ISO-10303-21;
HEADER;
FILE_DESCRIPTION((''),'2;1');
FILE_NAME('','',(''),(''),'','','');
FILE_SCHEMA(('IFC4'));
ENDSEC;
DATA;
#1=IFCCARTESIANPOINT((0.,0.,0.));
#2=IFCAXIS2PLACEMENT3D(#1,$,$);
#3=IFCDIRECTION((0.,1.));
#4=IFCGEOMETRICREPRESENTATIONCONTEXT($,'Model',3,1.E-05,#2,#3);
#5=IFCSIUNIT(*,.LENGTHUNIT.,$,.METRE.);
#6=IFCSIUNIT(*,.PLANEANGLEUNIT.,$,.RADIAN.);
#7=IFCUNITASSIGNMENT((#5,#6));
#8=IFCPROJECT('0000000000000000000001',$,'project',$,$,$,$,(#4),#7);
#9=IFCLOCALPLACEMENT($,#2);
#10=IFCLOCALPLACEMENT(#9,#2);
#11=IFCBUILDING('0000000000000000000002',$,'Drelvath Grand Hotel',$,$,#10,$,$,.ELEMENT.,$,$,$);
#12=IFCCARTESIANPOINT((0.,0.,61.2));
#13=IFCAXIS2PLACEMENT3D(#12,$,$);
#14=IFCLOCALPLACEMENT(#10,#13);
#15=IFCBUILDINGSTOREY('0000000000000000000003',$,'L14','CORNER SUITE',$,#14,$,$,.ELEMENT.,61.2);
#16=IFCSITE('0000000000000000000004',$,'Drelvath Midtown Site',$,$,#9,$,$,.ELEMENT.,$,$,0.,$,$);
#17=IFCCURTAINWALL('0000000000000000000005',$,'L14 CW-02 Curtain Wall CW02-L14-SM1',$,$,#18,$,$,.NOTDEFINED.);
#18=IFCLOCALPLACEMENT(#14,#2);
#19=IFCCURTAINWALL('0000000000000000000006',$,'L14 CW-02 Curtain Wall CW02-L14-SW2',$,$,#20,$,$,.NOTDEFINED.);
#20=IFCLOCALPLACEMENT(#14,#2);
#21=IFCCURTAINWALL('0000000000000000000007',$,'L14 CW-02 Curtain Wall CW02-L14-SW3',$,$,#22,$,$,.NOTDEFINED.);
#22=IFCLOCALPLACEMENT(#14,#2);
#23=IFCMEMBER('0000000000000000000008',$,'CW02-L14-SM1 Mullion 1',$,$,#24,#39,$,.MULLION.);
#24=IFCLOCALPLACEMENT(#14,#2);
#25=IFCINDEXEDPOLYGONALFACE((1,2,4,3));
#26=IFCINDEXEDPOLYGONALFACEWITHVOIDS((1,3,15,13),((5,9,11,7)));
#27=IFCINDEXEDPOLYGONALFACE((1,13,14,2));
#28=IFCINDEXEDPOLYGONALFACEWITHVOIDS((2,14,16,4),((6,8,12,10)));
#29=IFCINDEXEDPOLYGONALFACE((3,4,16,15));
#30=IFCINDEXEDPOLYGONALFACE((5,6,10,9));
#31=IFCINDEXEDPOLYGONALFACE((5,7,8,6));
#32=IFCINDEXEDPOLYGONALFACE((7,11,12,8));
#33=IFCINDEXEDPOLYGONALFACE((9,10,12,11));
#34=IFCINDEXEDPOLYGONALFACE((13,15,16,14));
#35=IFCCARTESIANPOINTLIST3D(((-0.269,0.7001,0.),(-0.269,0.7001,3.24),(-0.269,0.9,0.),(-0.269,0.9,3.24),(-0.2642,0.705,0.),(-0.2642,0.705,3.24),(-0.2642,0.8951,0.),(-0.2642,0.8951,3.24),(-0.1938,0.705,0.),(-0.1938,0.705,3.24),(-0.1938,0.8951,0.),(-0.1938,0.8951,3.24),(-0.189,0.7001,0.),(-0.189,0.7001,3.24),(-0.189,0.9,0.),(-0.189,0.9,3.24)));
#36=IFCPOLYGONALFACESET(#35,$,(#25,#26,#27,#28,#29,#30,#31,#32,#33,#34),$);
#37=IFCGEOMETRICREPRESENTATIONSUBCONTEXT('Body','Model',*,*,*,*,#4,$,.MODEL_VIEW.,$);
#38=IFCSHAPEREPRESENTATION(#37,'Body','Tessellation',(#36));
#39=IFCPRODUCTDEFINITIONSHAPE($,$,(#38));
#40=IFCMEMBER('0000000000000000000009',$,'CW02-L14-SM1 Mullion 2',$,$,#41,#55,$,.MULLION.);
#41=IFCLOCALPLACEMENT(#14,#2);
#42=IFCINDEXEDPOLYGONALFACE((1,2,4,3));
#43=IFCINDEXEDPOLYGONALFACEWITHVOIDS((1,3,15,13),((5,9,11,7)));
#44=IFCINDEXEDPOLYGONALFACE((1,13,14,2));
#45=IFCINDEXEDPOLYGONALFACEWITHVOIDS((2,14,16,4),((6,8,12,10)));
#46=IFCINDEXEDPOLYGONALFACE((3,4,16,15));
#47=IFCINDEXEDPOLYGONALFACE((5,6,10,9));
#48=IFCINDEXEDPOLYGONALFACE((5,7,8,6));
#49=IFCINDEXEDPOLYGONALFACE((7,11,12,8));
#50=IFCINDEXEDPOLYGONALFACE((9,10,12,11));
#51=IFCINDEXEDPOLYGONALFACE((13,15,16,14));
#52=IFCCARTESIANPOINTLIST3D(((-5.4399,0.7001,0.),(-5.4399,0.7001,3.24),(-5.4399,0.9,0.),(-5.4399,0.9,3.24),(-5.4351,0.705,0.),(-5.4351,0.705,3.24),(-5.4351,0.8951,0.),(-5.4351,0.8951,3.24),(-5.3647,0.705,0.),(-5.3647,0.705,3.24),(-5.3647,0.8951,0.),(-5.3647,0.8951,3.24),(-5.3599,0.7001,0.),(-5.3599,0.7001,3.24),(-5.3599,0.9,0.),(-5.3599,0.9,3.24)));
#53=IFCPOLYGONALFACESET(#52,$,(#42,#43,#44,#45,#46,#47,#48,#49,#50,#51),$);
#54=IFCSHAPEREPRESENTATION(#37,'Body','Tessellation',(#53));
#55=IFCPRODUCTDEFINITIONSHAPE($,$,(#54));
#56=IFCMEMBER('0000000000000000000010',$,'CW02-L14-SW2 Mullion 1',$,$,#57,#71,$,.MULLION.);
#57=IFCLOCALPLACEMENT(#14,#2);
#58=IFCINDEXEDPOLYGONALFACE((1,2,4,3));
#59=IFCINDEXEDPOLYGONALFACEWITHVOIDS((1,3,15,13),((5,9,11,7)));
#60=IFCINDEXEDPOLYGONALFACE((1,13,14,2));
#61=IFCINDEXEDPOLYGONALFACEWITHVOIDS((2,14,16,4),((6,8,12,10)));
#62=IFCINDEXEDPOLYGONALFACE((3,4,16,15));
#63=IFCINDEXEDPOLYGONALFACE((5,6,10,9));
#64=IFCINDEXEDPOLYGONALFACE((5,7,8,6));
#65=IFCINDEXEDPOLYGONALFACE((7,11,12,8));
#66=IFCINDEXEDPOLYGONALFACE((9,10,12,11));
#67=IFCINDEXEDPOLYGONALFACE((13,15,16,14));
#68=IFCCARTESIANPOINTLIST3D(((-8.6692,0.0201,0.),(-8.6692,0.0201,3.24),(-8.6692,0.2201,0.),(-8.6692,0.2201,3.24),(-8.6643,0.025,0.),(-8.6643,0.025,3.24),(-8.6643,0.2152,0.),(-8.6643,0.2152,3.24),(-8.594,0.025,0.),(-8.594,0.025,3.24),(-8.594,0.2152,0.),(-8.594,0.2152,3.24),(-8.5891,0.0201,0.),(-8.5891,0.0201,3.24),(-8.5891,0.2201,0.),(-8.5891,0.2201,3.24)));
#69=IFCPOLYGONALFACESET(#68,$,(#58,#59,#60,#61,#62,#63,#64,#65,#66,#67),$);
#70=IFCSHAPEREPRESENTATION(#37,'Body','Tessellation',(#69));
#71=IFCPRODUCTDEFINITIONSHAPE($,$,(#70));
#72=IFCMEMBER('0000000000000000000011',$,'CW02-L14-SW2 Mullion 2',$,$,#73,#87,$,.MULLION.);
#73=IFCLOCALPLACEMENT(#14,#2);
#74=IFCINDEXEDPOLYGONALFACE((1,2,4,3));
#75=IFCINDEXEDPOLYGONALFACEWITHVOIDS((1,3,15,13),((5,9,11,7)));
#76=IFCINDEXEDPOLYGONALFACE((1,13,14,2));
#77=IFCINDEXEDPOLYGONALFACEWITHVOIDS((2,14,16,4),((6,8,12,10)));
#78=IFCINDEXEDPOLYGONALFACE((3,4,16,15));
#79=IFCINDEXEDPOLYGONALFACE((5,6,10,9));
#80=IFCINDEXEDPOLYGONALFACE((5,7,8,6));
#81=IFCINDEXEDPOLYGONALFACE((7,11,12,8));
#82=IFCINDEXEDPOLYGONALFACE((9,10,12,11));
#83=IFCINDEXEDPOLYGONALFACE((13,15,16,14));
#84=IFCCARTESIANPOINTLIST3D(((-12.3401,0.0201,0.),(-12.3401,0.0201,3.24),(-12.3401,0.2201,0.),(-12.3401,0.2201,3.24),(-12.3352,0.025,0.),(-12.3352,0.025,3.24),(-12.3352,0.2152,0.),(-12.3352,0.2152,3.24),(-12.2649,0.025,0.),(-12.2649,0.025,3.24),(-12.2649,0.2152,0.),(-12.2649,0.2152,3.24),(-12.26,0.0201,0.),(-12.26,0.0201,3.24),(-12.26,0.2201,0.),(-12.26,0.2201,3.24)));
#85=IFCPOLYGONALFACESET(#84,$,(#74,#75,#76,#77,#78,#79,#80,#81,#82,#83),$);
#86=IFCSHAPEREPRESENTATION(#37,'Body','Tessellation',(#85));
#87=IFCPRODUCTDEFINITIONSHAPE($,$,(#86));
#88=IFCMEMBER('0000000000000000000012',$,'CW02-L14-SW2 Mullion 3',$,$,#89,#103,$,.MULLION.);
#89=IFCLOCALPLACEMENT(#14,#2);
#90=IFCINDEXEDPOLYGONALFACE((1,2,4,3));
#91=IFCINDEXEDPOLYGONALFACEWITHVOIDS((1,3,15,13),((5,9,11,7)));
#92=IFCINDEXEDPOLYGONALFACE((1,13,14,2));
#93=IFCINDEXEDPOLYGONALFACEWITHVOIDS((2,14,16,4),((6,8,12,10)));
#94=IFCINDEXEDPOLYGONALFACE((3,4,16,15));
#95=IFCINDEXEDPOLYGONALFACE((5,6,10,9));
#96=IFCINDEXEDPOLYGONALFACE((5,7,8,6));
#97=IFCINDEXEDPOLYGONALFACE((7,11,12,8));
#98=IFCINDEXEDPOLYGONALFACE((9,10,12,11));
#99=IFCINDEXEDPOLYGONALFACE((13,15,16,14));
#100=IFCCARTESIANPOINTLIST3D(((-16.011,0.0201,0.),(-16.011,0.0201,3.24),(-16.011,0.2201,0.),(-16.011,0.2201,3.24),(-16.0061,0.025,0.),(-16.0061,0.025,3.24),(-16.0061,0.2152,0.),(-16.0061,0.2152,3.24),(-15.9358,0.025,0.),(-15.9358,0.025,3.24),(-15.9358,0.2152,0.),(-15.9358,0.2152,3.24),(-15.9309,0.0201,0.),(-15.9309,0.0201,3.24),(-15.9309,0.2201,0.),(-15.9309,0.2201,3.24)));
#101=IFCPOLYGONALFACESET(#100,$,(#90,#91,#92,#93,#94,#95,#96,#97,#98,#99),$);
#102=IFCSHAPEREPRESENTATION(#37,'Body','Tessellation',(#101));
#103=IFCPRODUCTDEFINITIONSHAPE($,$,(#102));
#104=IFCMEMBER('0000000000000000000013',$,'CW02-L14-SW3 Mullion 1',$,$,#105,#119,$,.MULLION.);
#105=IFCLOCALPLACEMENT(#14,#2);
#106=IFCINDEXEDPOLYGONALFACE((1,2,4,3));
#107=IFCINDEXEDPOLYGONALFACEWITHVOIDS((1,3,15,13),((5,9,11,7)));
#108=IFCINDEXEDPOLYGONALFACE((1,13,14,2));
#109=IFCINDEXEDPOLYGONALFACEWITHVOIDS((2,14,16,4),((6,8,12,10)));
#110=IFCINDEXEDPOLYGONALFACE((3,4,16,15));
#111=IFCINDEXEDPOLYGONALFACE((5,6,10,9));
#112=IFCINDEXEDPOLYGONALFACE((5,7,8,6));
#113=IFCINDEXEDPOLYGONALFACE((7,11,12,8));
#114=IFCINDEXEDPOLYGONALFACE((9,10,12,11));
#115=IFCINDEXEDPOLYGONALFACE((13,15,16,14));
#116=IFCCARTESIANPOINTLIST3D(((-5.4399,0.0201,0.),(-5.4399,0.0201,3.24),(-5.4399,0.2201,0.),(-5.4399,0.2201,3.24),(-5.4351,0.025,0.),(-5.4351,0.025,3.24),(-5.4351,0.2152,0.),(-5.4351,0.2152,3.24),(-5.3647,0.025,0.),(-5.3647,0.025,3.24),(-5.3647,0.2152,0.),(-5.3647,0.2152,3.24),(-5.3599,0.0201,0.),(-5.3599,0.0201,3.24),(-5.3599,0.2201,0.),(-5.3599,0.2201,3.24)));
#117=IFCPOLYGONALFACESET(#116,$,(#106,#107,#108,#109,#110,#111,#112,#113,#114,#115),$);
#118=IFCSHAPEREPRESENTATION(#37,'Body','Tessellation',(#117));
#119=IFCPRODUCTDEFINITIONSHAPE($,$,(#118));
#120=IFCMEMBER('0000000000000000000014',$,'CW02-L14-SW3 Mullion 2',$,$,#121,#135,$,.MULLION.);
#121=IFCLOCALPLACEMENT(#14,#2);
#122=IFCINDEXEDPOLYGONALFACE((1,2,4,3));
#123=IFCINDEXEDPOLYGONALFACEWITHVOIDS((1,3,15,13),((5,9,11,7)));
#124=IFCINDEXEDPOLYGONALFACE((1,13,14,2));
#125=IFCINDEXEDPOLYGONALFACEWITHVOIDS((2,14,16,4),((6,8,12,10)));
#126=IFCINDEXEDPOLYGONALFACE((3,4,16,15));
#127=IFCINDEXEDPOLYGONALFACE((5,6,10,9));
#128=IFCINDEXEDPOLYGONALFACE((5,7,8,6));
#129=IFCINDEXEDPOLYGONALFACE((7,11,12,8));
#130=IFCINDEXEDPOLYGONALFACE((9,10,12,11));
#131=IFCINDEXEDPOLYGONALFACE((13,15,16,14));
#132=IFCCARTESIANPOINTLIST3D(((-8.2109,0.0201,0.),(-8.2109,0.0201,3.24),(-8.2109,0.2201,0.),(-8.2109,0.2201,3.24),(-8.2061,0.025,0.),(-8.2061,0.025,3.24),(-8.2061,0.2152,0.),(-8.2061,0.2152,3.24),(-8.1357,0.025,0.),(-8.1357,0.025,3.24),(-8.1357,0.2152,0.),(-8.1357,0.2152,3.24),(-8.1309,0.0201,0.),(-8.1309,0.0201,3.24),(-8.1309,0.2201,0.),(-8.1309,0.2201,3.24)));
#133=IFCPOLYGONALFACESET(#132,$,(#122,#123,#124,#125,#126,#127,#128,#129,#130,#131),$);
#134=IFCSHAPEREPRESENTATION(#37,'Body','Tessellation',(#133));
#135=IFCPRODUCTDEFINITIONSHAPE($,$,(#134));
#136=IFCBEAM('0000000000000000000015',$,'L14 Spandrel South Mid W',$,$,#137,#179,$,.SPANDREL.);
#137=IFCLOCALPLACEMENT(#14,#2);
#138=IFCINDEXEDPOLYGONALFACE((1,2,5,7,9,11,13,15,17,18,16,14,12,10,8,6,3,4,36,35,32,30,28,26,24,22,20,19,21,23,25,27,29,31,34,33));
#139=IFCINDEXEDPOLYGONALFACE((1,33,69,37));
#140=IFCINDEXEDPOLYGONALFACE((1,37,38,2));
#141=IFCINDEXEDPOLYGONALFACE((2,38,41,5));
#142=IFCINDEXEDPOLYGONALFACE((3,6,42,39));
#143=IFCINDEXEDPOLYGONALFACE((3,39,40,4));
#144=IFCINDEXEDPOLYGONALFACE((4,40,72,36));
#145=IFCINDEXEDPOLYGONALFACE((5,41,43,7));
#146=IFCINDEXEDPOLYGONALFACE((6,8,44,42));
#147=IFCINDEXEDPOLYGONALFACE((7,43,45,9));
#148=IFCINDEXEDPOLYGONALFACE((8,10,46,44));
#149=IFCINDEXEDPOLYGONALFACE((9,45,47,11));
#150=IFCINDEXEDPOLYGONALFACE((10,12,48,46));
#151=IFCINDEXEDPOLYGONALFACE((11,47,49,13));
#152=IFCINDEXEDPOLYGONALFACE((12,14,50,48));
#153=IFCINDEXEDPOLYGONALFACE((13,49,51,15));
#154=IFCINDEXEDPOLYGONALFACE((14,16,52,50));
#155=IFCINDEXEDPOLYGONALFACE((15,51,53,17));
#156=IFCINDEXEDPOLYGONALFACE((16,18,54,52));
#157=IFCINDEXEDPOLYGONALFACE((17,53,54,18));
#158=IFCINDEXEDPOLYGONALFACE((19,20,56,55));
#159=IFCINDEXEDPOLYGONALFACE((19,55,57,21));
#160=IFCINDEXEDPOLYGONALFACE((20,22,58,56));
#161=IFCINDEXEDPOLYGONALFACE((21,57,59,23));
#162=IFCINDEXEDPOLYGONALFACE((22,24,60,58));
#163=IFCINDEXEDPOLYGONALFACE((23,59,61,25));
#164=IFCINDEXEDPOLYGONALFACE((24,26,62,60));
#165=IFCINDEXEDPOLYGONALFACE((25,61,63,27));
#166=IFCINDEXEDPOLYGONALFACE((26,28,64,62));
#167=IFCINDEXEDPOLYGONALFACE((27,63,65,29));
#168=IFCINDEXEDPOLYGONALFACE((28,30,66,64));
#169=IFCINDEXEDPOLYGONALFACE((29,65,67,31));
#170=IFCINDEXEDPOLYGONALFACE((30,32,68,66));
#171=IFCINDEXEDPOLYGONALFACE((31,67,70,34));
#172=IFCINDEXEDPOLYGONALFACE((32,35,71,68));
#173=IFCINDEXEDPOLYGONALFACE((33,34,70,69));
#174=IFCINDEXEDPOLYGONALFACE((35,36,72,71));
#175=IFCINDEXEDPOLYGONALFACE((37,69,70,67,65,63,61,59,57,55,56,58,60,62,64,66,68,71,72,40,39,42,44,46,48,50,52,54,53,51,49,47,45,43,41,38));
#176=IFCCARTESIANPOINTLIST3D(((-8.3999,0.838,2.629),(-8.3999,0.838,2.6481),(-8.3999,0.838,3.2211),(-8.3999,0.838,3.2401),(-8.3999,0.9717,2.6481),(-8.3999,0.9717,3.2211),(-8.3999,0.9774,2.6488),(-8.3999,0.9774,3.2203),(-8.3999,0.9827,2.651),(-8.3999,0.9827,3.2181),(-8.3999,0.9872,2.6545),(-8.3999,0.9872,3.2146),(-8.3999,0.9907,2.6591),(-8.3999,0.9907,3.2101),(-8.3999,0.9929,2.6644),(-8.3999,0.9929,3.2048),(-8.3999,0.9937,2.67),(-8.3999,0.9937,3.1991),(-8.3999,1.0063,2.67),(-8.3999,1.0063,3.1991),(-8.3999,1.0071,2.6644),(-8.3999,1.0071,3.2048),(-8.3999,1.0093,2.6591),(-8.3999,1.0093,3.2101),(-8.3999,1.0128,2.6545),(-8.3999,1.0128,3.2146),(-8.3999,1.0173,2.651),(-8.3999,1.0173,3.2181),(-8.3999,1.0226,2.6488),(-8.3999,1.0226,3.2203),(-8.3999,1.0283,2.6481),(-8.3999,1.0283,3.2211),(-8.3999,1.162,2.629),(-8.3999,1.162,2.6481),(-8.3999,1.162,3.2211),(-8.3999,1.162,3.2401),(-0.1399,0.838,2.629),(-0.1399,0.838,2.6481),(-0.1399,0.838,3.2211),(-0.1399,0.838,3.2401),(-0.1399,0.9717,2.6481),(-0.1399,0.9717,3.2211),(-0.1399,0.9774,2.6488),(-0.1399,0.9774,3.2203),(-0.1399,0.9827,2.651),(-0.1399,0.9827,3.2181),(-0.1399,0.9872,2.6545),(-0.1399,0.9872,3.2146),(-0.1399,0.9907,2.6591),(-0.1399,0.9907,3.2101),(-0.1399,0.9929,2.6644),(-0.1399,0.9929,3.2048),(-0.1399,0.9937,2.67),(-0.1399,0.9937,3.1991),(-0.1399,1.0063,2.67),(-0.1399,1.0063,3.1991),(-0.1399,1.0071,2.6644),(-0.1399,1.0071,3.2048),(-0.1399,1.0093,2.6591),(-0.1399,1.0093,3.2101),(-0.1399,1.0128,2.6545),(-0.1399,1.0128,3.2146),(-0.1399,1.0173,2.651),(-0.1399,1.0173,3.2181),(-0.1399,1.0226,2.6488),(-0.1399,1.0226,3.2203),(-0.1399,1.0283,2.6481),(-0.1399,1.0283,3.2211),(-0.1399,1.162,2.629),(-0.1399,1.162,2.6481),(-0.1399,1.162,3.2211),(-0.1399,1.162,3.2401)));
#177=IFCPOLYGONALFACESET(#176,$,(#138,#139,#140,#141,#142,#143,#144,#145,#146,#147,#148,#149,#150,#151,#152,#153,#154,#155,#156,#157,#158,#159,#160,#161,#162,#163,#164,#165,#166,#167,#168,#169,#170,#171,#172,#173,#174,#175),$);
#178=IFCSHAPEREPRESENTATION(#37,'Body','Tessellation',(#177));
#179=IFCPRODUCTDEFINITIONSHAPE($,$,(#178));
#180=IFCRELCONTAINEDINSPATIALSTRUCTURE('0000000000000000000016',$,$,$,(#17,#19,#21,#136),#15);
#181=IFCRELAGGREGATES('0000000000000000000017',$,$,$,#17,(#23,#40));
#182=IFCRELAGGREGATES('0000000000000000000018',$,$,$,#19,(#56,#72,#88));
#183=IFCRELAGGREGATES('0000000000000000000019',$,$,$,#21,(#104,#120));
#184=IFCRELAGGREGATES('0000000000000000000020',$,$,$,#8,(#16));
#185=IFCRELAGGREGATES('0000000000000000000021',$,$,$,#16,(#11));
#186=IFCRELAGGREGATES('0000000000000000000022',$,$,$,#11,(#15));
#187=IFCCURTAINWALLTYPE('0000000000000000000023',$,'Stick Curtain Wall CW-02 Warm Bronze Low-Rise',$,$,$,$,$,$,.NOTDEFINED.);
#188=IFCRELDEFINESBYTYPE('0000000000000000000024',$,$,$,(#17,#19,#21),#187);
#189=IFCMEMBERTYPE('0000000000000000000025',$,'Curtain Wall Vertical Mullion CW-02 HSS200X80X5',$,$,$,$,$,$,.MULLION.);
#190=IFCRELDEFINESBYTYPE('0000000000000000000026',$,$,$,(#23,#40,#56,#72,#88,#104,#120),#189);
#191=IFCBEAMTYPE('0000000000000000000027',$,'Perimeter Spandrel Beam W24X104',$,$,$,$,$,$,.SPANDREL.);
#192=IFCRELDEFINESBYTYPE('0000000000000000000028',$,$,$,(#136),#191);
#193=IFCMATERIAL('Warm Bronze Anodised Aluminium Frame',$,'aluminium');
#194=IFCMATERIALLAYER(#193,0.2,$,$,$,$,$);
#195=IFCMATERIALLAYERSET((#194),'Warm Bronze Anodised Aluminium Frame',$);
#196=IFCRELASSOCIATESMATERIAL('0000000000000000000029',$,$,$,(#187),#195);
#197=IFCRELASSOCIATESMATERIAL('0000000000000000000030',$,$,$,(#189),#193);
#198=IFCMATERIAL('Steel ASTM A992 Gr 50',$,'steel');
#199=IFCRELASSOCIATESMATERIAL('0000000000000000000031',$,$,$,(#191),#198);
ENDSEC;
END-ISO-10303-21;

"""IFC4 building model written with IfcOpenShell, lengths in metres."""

from ifc_helpers import new_model, si_unit, direction, frame, origin, origin_2d, place, context, subcontext, project, spatial, hollow_rectangle, i_section, extrude, material, layer, layer_set, material_profile, profile_set, type_object, element, aggregate, save


model = new_model("IFC4")

# Units and contexts
model_context = context("Model", 3, precision=1e-05, world=origin(), true_north=direction((0.0, 1.0)))
body_context = subcontext(model_context, "Body", "Model", "MODEL_VIEW")
ifc_project = project(units=[si_unit("LENGTHUNIT", "METRE"), si_unit("PLANEANGLEUNIT", "RADIAN")], contexts=[model_context])

# Site, building, storey
site_placement = place(None, origin())
site = spatial("IfcSite", under=ifc_project, at=site_placement, Name="Drelvath Midtown Site", CompositionType="ELEMENT", RefElevation=0.0)
building_placement = place(site_placement, origin())
building = spatial("IfcBuilding", under=site, at=building_placement, Name="Drelvath Grand Hotel", CompositionType="ELEMENT")
storey_placement = place(building_placement, frame((0.0, 0.0, 61.2)))
storey = spatial("IfcBuildingStorey", under=building, at=storey_placement, Name="L14", Description="CORNER SUITE", CompositionType="ELEMENT", Elevation=61.2)

# Shared definitions
ifc_material_1 = material(Name="Steel ASTM A992 Gr 50", Category="steel")

# Curtain walls
ifc_material_2 = material(Name="Warm Bronze Anodised Aluminium Frame", Category="aluminium")
ifc_layer_1 = layer(ifc_material_2, 0.2)
ifc_layer_set_1 = layer_set([ifc_layer_1], Name="Warm Bronze Anodised Aluminium Frame")
curtain_wall_type = type_object("IfcCurtainWallType", Name="Stick Curtain Wall CW-02 Warm Bronze Low-Rise", PredefinedType="NOTDEFINED", material=ifc_layer_set_1)
curtain_wall_1_placement = place(storey_placement, origin())
curtain_wall_1 = element("IfcCurtainWall", 1, at=curtain_wall_1_placement, inside=storey, type_object=curtain_wall_type, Name="L14 CW-02 Curtain Wall CW02-L14-SM1", PredefinedType="NOTDEFINED")
curtain_wall_2_placement = place(storey_placement, origin())
curtain_wall_2 = element("IfcCurtainWall", 2, at=curtain_wall_2_placement, inside=storey, type_object=curtain_wall_type, Name="L14 CW-02 Curtain Wall CW02-L14-SW2", PredefinedType="NOTDEFINED")
curtain_wall_3_placement = place(storey_placement, origin())
curtain_wall_3 = element("IfcCurtainWall", 3, at=curtain_wall_3_placement, inside=storey, type_object=curtain_wall_type, Name="L14 CW-02 Curtain Wall CW02-L14-SW3", PredefinedType="NOTDEFINED")

# Members
ifc_material_profile_1 = material_profile(ifc_material_2, hollow_rectangle(XDim=0.0801, YDim=0.2, WallThickness=0.0049, at=origin_2d()), Name="HSS200X80X5")
ifc_profile_set_1 = profile_set([ifc_material_profile_1], Name="Warm Bronze Anodised Aluminium Frame")
member_type_1 = type_object("IfcMemberType", Name="Curtain Wall Vertical Mullion CW-02 HSS200X80X5", PredefinedType="MULLION", material=ifc_profile_set_1)
member_1_placement = place(storey_placement, frame((-0.229, 0.8, 0.0), z_axis=(0.0, 0.0, 1.0), x_axis=(1.0, 0.0, 0.0)))
member_1 = element("IfcMember", 4, at=member_1_placement, type_object=member_type_1, Name="CW02-L14-SM1 Mullion 1", PredefinedType="MULLION", context=body_context, shape_type="SweptSolid", body=[
    extrude(hollow_rectangle(XDim=0.0801, YDim=0.2, WallThickness=0.0049, at=origin_2d()), origin(), (0.0, 0.0, 1.0), 3.24),
])
member_2_placement = place(storey_placement, frame((-5.3999, 0.8, 0.0), z_axis=(0.0, 0.0, 1.0), x_axis=(1.0, 0.0, 0.0)))
member_2 = element("IfcMember", 5, at=member_2_placement, type_object=member_type_1, Name="CW02-L14-SM1 Mullion 2", PredefinedType="MULLION", context=body_context, shape_type="SweptSolid", body=[
    extrude(hollow_rectangle(XDim=0.0801, YDim=0.2, WallThickness=0.0049, at=origin_2d()), origin(), (0.0, 0.0, 1.0), 3.24),
])
member_3_placement = place(storey_placement, frame((-8.6292, 0.1201, 0.0), z_axis=(0.0, 0.0, 1.0), x_axis=(1.0, 0.0, 0.0)))
member_3 = element("IfcMember", 6, at=member_3_placement, type_object=member_type_1, Name="CW02-L14-SW2 Mullion 1", PredefinedType="MULLION", context=body_context, shape_type="SweptSolid", body=[
    extrude(hollow_rectangle(XDim=0.0801, YDim=0.2, WallThickness=0.0049, at=origin_2d()), origin(), (0.0, 0.0, 1.0), 3.24),
])
member_4_placement = place(storey_placement, frame((-12.3, 0.1201, 0.0), z_axis=(0.0, 0.0, 1.0), x_axis=(1.0, 0.0, 0.0)))
member_4 = element("IfcMember", 7, at=member_4_placement, type_object=member_type_1, Name="CW02-L14-SW2 Mullion 2", PredefinedType="MULLION", context=body_context, shape_type="SweptSolid", body=[
    extrude(hollow_rectangle(XDim=0.0801, YDim=0.2, WallThickness=0.0049, at=origin_2d()), origin(), (0.0, 0.0, 1.0), 3.24),
])
member_5_placement = place(storey_placement, frame((-15.9709, 0.1201, 0.0), z_axis=(0.0, 0.0, 1.0), x_axis=(1.0, 0.0, 0.0)))
member_5 = element("IfcMember", 8, at=member_5_placement, type_object=member_type_1, Name="CW02-L14-SW2 Mullion 3", PredefinedType="MULLION", context=body_context, shape_type="SweptSolid", body=[
    extrude(hollow_rectangle(XDim=0.0801, YDim=0.2, WallThickness=0.0049, at=origin_2d()), origin(), (0.0, 0.0, 1.0), 3.24),
])
member_6_placement = place(storey_placement, frame((-5.3999, 0.1201, 0.0), z_axis=(0.0, 0.0, 1.0), x_axis=(1.0, 0.0, 0.0)))
member_6 = element("IfcMember", 9, at=member_6_placement, type_object=member_type_1, Name="CW02-L14-SW3 Mullion 1", PredefinedType="MULLION", context=body_context, shape_type="SweptSolid", body=[
    extrude(hollow_rectangle(XDim=0.0801, YDim=0.2, WallThickness=0.0049, at=origin_2d()), origin(), (0.0, 0.0, 1.0), 3.24),
])
member_7_placement = place(storey_placement, frame((-8.1709, 0.1201, 0.0), z_axis=(0.0, 0.0, 1.0), x_axis=(1.0, 0.0, 0.0)))
member_7 = element("IfcMember", 10, at=member_7_placement, type_object=member_type_1, Name="CW02-L14-SW3 Mullion 2", PredefinedType="MULLION", context=body_context, shape_type="SweptSolid", body=[
    extrude(hollow_rectangle(XDim=0.0801, YDim=0.2, WallThickness=0.0049, at=origin_2d()), origin(), (0.0, 0.0, 1.0), 3.24),
])

# Beam
ifc_material_profile_2 = material_profile(ifc_material_1, i_section(OverallWidth=0.324, OverallDepth=0.6111, WebThickness=0.0127, FlangeThickness=0.019, FilletRadius=0.022, at=origin_2d()), Name="W24X104")
ifc_profile_set_2 = profile_set([ifc_material_profile_2], Name="Steel ASTM A992 Gr 50")
beam_type_1 = type_object("IfcBeamType", Name="Perimeter Spandrel Beam W24X104", PredefinedType="SPANDREL", material=ifc_profile_set_2)
beam_1_placement = place(storey_placement, frame((-8.3999, 1.0, 2.9346), z_axis=(1.0, 0.0, 0.0), x_axis=(0.0, 1.0, 0.0)))
element("IfcBeam", 11, at=beam_1_placement, inside=storey, type_object=beam_type_1, Name="L14 Spandrel South Mid W", PredefinedType="SPANDREL", context=body_context, shape_type="SweptSolid", body=[
    extrude(i_section(OverallWidth=0.324, OverallDepth=0.6111, WebThickness=0.0127, FlangeThickness=0.019, FilletRadius=0.022, at=origin_2d()), origin(), (0.0, 0.0, 1.0), 8.26),
])

aggregate(curtain_wall_1, [member_1, member_2])
aggregate(curtain_wall_2, [member_3, member_4, member_5])
aggregate(curtain_wall_3, [member_6, member_7])

save(model, "model.ifc")
